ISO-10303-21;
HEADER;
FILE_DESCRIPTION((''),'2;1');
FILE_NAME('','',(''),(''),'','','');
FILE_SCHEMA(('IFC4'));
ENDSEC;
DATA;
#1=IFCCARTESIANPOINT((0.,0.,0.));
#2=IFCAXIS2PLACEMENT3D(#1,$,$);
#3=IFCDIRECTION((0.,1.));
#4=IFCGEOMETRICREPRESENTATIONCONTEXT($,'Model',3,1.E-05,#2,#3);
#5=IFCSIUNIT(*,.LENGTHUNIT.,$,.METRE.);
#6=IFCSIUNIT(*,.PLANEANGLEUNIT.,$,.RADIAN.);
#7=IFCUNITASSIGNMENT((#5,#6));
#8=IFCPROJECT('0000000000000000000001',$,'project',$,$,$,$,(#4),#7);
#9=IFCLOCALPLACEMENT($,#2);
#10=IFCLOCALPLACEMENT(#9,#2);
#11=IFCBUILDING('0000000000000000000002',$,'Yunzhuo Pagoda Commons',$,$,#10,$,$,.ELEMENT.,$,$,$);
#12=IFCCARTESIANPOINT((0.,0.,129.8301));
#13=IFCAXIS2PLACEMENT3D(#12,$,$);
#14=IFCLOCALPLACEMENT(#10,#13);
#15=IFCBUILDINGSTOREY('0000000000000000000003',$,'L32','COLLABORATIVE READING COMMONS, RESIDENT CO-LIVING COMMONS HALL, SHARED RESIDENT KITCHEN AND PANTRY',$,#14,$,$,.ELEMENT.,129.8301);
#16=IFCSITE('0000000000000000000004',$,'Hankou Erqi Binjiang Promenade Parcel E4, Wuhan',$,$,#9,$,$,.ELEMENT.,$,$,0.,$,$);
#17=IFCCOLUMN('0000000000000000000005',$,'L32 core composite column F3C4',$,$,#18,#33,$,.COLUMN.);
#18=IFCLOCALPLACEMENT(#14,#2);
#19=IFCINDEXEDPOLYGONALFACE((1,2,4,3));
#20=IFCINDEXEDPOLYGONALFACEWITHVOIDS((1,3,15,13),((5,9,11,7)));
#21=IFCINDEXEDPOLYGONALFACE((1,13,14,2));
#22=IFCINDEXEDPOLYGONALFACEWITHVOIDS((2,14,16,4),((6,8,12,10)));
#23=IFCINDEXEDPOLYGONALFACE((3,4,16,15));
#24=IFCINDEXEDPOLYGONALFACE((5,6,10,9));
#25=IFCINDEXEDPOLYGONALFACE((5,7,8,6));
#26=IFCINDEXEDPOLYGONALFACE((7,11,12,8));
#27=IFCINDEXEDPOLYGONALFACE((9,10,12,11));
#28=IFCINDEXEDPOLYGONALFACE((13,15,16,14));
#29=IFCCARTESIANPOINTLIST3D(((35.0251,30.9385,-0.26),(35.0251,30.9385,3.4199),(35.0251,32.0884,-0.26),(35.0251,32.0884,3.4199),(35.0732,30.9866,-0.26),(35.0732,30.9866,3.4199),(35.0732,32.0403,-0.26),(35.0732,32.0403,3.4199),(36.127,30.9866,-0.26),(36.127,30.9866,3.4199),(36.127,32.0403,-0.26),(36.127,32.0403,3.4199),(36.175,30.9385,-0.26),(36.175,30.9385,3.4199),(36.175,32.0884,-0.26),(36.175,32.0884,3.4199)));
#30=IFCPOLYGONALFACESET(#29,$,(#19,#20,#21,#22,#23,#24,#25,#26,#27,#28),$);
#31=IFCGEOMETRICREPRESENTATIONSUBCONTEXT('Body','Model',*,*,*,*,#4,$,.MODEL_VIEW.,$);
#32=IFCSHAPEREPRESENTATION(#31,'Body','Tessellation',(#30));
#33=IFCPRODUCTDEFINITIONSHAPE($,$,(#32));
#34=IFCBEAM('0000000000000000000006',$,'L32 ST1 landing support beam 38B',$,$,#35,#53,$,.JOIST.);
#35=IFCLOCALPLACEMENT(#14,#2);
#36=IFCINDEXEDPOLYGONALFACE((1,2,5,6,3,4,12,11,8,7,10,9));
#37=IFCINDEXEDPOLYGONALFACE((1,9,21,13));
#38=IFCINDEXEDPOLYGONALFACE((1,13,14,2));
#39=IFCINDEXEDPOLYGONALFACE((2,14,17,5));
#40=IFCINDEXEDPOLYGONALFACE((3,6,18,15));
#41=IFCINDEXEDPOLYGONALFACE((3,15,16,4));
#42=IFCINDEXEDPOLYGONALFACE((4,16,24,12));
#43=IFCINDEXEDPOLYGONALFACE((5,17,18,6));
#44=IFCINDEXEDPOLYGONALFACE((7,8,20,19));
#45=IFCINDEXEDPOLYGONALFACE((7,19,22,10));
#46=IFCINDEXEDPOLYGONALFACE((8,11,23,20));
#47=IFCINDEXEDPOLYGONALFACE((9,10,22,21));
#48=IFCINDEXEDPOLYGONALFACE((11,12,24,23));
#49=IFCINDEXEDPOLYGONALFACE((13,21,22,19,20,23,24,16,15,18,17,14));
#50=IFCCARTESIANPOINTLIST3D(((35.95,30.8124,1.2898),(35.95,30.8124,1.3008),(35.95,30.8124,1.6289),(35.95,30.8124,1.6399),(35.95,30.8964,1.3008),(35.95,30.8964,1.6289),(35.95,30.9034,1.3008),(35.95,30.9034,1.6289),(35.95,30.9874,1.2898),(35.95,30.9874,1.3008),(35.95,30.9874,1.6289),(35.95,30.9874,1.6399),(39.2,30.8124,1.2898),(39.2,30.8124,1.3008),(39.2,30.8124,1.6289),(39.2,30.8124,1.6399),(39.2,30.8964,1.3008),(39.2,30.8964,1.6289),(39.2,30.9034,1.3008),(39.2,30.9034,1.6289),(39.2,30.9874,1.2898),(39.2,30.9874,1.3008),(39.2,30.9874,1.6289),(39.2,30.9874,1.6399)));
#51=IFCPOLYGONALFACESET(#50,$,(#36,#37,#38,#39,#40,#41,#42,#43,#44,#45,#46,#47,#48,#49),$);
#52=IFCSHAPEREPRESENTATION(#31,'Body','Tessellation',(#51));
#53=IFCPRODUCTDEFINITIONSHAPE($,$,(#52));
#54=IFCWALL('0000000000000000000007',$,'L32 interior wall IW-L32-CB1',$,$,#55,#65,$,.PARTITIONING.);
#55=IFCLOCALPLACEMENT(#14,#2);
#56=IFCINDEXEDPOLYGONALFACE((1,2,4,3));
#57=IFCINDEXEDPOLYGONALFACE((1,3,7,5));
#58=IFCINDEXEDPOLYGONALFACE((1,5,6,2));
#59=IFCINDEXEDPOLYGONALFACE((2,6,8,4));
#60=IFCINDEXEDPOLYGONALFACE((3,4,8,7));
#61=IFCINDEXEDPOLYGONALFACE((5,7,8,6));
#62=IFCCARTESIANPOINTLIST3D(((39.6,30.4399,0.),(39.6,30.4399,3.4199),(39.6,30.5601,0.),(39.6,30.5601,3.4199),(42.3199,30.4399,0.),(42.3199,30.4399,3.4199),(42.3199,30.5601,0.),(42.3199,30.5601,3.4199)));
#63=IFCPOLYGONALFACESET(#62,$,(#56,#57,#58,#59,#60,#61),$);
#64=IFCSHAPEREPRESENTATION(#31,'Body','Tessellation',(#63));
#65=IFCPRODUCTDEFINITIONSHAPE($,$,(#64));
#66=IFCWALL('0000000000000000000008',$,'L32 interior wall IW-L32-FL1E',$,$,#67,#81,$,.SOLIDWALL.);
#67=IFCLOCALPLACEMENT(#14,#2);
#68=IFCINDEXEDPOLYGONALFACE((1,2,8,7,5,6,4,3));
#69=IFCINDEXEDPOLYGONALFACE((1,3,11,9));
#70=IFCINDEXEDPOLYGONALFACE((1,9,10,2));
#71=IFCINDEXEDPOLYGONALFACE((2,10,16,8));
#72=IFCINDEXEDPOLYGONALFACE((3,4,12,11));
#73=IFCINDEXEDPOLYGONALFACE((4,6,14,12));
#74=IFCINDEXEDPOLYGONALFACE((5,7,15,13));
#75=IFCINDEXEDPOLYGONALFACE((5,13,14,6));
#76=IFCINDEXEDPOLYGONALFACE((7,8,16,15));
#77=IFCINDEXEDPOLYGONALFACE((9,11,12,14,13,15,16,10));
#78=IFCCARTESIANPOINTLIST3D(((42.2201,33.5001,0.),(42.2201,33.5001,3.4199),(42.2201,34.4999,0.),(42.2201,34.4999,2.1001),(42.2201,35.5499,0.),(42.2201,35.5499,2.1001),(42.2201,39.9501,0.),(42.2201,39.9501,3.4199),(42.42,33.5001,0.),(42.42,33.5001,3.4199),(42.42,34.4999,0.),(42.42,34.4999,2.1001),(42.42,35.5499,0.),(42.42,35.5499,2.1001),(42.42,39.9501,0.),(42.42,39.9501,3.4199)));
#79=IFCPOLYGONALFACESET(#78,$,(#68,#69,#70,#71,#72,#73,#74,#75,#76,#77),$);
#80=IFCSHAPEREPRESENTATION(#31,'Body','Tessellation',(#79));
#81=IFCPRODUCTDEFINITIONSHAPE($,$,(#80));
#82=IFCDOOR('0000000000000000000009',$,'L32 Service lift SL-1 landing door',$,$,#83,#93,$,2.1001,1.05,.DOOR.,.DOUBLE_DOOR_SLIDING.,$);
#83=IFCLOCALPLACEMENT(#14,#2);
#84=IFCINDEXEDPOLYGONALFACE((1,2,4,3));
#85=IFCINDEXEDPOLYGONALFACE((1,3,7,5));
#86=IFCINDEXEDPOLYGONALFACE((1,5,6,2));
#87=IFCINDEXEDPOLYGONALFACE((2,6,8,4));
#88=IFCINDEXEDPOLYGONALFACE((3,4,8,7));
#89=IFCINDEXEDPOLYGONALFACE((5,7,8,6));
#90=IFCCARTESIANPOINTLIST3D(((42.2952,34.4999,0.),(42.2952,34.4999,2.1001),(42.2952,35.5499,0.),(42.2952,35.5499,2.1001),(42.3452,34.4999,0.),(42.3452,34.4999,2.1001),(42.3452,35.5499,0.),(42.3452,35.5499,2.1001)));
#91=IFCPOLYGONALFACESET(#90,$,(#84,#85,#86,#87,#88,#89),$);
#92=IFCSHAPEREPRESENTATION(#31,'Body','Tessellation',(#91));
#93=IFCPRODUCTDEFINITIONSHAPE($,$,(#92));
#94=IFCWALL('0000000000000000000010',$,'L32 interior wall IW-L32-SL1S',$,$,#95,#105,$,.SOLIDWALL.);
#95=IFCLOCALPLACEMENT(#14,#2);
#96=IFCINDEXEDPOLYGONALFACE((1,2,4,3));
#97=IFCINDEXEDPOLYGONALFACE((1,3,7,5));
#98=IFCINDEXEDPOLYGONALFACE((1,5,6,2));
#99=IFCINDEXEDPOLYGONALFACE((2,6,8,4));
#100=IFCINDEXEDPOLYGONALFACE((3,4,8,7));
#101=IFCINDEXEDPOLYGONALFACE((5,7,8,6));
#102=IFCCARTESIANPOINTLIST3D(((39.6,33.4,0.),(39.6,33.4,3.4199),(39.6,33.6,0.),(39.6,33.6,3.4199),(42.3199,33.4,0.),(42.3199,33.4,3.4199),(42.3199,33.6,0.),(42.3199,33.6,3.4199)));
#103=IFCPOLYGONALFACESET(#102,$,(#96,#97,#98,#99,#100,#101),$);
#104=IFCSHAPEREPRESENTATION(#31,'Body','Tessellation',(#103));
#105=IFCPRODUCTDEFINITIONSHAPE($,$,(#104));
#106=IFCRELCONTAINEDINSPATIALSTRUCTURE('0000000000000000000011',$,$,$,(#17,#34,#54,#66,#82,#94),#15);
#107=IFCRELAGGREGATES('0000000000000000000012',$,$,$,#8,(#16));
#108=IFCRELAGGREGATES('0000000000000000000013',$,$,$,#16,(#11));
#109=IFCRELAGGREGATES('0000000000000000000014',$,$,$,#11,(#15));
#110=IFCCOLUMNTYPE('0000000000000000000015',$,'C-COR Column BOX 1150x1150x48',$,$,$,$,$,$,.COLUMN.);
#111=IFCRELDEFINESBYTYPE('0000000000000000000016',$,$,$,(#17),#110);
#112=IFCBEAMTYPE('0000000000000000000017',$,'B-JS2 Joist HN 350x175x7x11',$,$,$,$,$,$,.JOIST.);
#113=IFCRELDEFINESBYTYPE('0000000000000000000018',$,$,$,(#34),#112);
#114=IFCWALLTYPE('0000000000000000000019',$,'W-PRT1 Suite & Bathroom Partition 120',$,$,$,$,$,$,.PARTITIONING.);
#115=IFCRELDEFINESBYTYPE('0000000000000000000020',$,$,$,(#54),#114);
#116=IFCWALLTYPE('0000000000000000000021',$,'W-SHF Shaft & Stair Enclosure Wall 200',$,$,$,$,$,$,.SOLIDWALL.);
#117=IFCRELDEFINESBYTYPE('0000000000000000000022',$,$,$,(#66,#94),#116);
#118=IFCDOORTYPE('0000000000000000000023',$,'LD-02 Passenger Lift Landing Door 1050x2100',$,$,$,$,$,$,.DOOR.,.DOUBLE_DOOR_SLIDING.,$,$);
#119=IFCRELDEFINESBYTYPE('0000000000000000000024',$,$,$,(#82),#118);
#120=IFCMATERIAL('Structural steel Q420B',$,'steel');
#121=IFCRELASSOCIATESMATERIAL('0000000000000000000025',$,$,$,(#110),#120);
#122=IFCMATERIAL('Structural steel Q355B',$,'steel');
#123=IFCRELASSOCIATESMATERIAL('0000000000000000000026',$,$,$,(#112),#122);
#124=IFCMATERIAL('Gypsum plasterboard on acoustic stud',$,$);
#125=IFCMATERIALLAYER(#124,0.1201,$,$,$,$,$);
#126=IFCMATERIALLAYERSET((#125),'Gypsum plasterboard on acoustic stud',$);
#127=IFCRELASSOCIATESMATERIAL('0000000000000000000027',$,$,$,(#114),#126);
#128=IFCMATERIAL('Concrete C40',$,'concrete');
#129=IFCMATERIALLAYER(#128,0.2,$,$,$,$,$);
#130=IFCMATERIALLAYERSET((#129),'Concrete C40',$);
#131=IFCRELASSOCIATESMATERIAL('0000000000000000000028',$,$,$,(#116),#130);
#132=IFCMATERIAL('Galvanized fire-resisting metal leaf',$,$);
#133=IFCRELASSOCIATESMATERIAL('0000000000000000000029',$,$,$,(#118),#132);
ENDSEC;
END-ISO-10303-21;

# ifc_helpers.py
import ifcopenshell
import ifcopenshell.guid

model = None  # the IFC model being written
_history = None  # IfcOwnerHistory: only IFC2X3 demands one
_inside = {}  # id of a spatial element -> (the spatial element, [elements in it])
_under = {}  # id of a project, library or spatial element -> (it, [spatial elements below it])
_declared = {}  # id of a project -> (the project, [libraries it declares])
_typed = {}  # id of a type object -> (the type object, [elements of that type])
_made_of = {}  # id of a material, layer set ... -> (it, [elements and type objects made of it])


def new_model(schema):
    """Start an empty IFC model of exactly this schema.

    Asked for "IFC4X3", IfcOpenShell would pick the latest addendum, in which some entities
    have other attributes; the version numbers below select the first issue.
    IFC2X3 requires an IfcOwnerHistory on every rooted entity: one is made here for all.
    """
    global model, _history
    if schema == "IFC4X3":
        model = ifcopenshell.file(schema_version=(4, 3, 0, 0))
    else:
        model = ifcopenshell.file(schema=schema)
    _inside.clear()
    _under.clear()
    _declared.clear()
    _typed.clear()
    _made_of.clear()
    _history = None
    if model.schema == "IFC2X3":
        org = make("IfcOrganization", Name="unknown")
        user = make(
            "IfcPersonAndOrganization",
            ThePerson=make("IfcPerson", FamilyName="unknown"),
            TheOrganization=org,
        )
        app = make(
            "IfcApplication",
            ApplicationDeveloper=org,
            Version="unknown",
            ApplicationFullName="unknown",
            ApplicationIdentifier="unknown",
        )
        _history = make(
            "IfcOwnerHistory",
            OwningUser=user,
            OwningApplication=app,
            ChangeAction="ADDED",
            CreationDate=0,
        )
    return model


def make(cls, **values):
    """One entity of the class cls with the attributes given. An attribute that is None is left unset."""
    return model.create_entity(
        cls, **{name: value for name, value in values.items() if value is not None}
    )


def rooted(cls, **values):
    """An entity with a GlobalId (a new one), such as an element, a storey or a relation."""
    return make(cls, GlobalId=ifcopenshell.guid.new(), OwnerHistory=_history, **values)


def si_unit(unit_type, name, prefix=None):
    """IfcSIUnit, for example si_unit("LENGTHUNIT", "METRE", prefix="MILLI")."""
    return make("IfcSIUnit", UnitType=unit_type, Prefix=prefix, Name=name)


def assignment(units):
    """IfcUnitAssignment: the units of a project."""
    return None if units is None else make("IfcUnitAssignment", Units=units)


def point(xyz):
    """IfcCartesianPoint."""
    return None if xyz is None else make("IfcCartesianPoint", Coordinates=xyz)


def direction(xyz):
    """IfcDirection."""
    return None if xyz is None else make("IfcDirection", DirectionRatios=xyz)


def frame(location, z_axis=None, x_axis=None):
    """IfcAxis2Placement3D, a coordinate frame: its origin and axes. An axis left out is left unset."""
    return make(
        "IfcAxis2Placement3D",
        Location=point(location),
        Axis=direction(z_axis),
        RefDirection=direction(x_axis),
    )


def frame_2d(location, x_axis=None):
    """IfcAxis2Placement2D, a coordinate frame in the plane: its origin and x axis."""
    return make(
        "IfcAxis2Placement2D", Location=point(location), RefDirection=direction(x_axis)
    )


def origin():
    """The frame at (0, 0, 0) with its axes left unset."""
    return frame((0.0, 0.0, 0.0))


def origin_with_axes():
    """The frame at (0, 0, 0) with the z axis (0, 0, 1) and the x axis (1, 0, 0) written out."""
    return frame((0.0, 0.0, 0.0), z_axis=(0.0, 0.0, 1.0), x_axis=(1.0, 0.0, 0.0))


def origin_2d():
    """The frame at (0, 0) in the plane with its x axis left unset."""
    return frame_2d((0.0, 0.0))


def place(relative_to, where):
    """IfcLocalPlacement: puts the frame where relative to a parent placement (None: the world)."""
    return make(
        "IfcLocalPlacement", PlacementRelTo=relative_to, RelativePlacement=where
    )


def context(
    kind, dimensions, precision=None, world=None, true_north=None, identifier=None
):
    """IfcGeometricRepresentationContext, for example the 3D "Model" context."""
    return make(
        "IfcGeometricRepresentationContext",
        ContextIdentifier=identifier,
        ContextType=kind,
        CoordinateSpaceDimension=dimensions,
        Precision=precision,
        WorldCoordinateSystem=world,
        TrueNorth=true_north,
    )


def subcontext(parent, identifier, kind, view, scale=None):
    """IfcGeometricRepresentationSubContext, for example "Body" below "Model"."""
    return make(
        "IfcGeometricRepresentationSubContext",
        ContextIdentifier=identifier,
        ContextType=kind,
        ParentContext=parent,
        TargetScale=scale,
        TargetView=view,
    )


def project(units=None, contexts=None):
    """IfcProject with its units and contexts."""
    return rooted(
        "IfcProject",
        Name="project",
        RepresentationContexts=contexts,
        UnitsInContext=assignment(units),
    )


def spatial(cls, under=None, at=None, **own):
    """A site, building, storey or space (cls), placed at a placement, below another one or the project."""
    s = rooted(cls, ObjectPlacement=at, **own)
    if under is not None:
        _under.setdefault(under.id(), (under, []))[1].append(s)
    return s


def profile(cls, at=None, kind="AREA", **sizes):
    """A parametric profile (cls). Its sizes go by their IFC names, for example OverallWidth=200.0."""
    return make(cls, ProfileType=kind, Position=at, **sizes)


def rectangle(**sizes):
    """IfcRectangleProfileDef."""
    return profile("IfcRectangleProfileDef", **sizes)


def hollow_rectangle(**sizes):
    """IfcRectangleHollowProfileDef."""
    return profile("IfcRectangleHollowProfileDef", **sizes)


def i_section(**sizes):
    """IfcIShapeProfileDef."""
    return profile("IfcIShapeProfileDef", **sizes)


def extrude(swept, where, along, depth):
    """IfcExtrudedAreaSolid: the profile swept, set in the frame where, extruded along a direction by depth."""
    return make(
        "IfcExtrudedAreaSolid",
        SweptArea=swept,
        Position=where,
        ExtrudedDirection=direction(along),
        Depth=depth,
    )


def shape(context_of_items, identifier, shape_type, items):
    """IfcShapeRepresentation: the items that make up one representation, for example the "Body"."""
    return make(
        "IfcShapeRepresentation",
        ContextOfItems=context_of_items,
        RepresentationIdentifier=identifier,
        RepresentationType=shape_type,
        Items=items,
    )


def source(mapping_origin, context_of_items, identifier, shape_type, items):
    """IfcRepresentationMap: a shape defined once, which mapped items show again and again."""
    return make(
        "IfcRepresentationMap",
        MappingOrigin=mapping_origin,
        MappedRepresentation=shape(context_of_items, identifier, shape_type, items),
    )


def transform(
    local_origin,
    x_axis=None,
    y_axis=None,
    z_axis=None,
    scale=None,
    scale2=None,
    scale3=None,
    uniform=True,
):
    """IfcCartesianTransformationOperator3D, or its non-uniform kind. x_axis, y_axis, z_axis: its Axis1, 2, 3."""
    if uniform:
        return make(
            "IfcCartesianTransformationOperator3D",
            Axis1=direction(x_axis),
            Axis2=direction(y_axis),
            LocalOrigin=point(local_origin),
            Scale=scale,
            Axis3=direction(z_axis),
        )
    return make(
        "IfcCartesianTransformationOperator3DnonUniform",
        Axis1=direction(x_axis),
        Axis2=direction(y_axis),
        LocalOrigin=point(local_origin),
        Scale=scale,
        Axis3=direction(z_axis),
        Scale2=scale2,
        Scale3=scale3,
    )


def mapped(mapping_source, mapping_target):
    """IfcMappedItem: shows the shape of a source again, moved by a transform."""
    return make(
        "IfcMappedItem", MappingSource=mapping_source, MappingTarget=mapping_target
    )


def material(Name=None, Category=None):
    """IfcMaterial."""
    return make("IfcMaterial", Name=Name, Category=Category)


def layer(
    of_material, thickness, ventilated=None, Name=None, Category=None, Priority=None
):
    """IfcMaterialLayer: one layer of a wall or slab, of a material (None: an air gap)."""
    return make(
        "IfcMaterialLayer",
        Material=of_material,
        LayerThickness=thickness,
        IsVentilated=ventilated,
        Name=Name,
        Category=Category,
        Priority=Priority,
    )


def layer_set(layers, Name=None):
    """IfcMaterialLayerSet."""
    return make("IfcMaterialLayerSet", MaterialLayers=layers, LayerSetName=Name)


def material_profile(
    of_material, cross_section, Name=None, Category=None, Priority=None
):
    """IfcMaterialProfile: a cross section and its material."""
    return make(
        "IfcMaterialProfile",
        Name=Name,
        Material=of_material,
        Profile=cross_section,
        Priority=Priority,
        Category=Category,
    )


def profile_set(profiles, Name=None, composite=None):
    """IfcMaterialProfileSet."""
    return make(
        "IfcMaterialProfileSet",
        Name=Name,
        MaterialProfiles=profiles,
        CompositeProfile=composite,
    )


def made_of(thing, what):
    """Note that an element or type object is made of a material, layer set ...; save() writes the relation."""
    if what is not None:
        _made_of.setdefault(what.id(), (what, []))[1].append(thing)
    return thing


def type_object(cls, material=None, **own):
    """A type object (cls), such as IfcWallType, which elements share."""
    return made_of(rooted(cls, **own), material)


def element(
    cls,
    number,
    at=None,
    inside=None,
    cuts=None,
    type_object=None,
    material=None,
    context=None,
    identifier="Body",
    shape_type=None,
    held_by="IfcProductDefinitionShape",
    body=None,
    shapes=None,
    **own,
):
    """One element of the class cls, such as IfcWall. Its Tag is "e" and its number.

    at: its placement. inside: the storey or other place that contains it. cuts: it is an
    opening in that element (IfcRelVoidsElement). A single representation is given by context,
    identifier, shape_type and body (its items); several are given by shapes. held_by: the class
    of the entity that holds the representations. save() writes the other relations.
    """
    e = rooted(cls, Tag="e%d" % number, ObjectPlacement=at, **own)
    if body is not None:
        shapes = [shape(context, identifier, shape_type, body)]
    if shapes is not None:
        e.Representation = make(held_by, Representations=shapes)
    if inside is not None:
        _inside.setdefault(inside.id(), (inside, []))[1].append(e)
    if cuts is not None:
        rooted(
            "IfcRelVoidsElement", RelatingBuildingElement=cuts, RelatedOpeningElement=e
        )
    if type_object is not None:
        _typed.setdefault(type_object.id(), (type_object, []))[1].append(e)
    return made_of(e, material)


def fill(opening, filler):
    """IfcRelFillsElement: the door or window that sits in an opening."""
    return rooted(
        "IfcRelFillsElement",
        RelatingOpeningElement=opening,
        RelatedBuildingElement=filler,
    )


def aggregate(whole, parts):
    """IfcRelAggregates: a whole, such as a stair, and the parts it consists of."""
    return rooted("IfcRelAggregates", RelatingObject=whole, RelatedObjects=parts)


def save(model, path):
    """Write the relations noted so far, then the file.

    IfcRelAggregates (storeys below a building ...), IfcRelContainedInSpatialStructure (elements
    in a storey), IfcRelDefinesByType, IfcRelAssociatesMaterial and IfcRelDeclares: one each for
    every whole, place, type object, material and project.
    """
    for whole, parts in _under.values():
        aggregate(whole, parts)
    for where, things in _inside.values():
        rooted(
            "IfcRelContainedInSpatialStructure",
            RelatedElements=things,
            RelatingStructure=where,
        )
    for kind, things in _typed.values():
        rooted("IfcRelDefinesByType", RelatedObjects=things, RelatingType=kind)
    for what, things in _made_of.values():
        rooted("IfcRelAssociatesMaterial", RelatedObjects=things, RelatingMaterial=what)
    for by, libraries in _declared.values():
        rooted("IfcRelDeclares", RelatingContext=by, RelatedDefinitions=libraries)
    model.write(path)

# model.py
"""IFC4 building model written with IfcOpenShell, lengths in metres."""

from ifc_helpers import new_model, si_unit, direction, frame, frame_2d, origin, origin_with_axes, origin_2d, place, context, subcontext, project, spatial, rectangle, hollow_rectangle, i_section, extrude, source, transform, mapped, material, layer, layer_set, material_profile, profile_set, type_object, element, fill, save


model = new_model("IFC4")

# Units and contexts
model_context = context("Model", 3, precision=1e-05, world=origin(), true_north=direction((0.0, 1.0)))
body_context = subcontext(model_context, "Body", "Model", "MODEL_VIEW")
ifc_project = project(units=[si_unit("LENGTHUNIT", "METRE"), si_unit("PLANEANGLEUNIT", "RADIAN")], contexts=[model_context])

# Site, building, storey
site_placement = place(None, origin())
site = spatial("IfcSite", under=ifc_project, at=site_placement, Name="Hankou Erqi Binjiang Promenade Parcel E4, Wuhan", CompositionType="ELEMENT", RefElevation=0.0)
building_placement = place(site_placement, origin())
building = spatial("IfcBuilding", under=site, at=building_placement, Name="Yunzhuo Pagoda Commons", CompositionType="ELEMENT")
storey_placement = place(building_placement, frame((0.0, 0.0, 129.8301)))
storey = spatial("IfcBuildingStorey", under=building, at=storey_placement, Name="L32", Description="COLLABORATIVE READING COMMONS, RESIDENT CO-LIVING COMMONS HALL, SHARED RESIDENT KITCHEN AND PANTRY", CompositionType="ELEMENT", Elevation=129.8301)

# Column
ifc_material_1 = material(Name="Structural steel Q420B", Category="steel")
ifc_material_profile_1 = material_profile(ifc_material_1, hollow_rectangle(XDim=1.1499, YDim=1.1499, WallThickness=0.0481, at=origin_2d()), Name="Structural steel Q420B")
ifc_profile_set_1 = profile_set([ifc_material_profile_1], Name="Structural steel Q420B")
column_type = type_object("IfcColumnType", Name="C-COR Column BOX 1150x1150x48", PredefinedType="COLUMN", material=ifc_profile_set_1)
shared_shape_1 = source(origin(), body_context, "Body", "SweptSolid", [
    extrude(hollow_rectangle(XDim=1.1499, YDim=1.1499, WallThickness=0.0481, at=origin_2d()), origin(), (0.0, 0.0, 1.0), 3.6799),
])
column_placement = place(storey_placement, frame((35.6001, 31.5134, -0.26), z_axis=(0.0, 0.0, 1.0), x_axis=(1.0, 0.0, 0.0)))
element("IfcColumn", 1, at=column_placement, inside=storey, type_object=column_type, Name="L32 core composite column F3C4", PredefinedType="COLUMN", context=body_context, shape_type="MappedRepresentation", body=[
    mapped(shared_shape_1, transform((0.0, 0.0, 0.0), scale=1.0)),
])

# Beam
ifc_material_2 = material(Name="Structural steel Q355B", Category="steel")
ifc_material_profile_2 = material_profile(ifc_material_2, i_section(OverallWidth=0.175, OverallDepth=0.3501, WebThickness=0.0071, FlangeThickness=0.011, at=origin_2d()), Name="Structural steel Q355B")
ifc_profile_set_2 = profile_set([ifc_material_profile_2], Name="Structural steel Q355B")
beam_type = type_object("IfcBeamType", Name="B-JS2 Joist HN 350x175x7x11", PredefinedType="JOIST", material=ifc_profile_set_2)
shared_shape_2 = source(origin(), body_context, "Body", "SweptSolid", [
    extrude(i_section(OverallWidth=0.175, OverallDepth=0.3501, WebThickness=0.0071, FlangeThickness=0.011, at=origin_2d()), origin(), (0.0, 0.0, 1.0), 3.25),
])
beam_placement = place(storey_placement, frame((35.95, 30.8999, 1.4648), z_axis=(1.0, 0.0, 0.0), x_axis=(0.0, 1.0, 0.0)))
element("IfcBeam", 2, at=beam_placement, inside=storey, type_object=beam_type, Name="L32 ST1 landing support beam 38B", PredefinedType="JOIST", context=body_context, shape_type="MappedRepresentation", body=[
    mapped(shared_shape_2, transform((0.0, 0.0, 0.0), scale=1.0)),
])

# Wall
ifc_material_3 = material(Name="Gypsum plasterboard on acoustic stud")
ifc_layer_1 = layer(ifc_material_3, 0.1201)
ifc_layer_set_1 = layer_set([ifc_layer_1], Name="Gypsum plasterboard on acoustic stud")
wall_type_1 = type_object("IfcWallType", Name="W-PRT1 Suite & Bathroom Partition 120", PredefinedType="PARTITIONING", material=ifc_layer_set_1)
wall_1_placement = place(storey_placement, frame((39.6001, 30.5, 0.0), z_axis=(0.0, 0.0, 1.0), x_axis=(1.0, 0.0, 0.0)))
element("IfcWall", 3, at=wall_1_placement, inside=storey, type_object=wall_type_1, Name="L32 interior wall IW-L32-CB1", PredefinedType="PARTITIONING", context=body_context, shape_type="SweptSolid", body=[
    extrude(rectangle(XDim=2.72, YDim=0.1201, at=frame_2d((1.3599, 0.0))), origin(), (0.0, 0.0, 1.0), 3.4199),
])

# Wall, opening, door
ifc_material_4 = material(Name="Concrete C40", Category="concrete")
ifc_layer_2 = layer(ifc_material_4, 0.2)
ifc_layer_set_2 = layer_set([ifc_layer_2], Name="Concrete C40")
wall_type_2 = type_object("IfcWallType", Name="W-SHF Shaft & Stair Enclosure Wall 200", PredefinedType="SOLIDWALL", material=ifc_layer_set_2)
wall_2_placement = place(storey_placement, frame((42.3201, 33.5, 0.0), z_axis=(0.0, 0.0, 1.0), x_axis=(0.0, 1.0, 0.0)))
wall_2 = element("IfcWall", 4, at=wall_2_placement, inside=storey, type_object=wall_type_2, Name="L32 interior wall IW-L32-FL1E", PredefinedType="SOLIDWALL", context=body_context, shape_type="SweptSolid", body=[
    extrude(rectangle(XDim=6.45, YDim=0.2, at=frame_2d((3.2251, 0.0))), origin(), (0.0, 0.0, 1.0), 3.4199),
])
opening_1_placement = place(wall_2_placement, frame((1.0, 0.0, 0.0)))
opening_1 = element("IfcOpeningElement", 5, at=opening_1_placement, cuts=wall_2, PredefinedType="OPENING", context=body_context, shape_type="SweptSolid", body=[
    extrude(rectangle(XDim=1.05, YDim=2.1001, at=frame_2d((0.5249, 1.05))), frame((0.0, 0.1099, 0.0), z_axis=(0.0, -1.0, 0.0), x_axis=(1.0, 0.0, 0.0)), (0.0, 0.0, 1.0), 0.22),
])
ifc_material_5 = material(Name="Galvanized fire-resisting metal leaf")
door_type = type_object("IfcDoorType", Name="LD-02 Passenger Lift Landing Door 1050x2100", OperationType="DOUBLE_DOOR_SLIDING", PredefinedType="DOOR", material=ifc_material_5)
shared_shape_3 = source(origin(), body_context, "Body", "SweptSolid", [
    extrude(rectangle(XDim=1.05, YDim=2.1001, at=frame_2d((0.5249, 1.05))), frame((0.0, 0.0249, 0.0), z_axis=(0.0, -1.0, 0.0), x_axis=(1.0, 0.0, 0.0)), (0.0, 0.0, 1.0), 0.05),
])
door_1_placement = place(opening_1_placement, origin_with_axes())
door_1 = element("IfcDoor", 6, at=door_1_placement, inside=storey, type_object=door_type, Name="L32 Service lift SL-1 landing door", OperationType="DOUBLE_DOOR_SLIDING", OverallHeight=2.1001, OverallWidth=1.05, PredefinedType="DOOR", context=body_context, shape_type="MappedRepresentation", body=[
    mapped(shared_shape_3, transform((0.0, 0.0, 0.0), scale=1.0)),
])
fill(opening_1, door_1)

# Wall
wall_3_placement = place(storey_placement, frame((39.6001, 33.5, 0.0), z_axis=(0.0, 0.0, 1.0), x_axis=(1.0, 0.0, 0.0)))
element("IfcWall", 7, at=wall_3_placement, inside=storey, type_object=wall_type_2, Name="L32 interior wall IW-L32-SL1S", PredefinedType="SOLIDWALL", context=body_context, shape_type="SweptSolid", body=[
    extrude(rectangle(XDim=2.72, YDim=0.2, at=frame_2d((1.3599, 0.0))), origin(), (0.0, 0.0, 1.0), 3.4199),
])

save(model, "model.ifc")
